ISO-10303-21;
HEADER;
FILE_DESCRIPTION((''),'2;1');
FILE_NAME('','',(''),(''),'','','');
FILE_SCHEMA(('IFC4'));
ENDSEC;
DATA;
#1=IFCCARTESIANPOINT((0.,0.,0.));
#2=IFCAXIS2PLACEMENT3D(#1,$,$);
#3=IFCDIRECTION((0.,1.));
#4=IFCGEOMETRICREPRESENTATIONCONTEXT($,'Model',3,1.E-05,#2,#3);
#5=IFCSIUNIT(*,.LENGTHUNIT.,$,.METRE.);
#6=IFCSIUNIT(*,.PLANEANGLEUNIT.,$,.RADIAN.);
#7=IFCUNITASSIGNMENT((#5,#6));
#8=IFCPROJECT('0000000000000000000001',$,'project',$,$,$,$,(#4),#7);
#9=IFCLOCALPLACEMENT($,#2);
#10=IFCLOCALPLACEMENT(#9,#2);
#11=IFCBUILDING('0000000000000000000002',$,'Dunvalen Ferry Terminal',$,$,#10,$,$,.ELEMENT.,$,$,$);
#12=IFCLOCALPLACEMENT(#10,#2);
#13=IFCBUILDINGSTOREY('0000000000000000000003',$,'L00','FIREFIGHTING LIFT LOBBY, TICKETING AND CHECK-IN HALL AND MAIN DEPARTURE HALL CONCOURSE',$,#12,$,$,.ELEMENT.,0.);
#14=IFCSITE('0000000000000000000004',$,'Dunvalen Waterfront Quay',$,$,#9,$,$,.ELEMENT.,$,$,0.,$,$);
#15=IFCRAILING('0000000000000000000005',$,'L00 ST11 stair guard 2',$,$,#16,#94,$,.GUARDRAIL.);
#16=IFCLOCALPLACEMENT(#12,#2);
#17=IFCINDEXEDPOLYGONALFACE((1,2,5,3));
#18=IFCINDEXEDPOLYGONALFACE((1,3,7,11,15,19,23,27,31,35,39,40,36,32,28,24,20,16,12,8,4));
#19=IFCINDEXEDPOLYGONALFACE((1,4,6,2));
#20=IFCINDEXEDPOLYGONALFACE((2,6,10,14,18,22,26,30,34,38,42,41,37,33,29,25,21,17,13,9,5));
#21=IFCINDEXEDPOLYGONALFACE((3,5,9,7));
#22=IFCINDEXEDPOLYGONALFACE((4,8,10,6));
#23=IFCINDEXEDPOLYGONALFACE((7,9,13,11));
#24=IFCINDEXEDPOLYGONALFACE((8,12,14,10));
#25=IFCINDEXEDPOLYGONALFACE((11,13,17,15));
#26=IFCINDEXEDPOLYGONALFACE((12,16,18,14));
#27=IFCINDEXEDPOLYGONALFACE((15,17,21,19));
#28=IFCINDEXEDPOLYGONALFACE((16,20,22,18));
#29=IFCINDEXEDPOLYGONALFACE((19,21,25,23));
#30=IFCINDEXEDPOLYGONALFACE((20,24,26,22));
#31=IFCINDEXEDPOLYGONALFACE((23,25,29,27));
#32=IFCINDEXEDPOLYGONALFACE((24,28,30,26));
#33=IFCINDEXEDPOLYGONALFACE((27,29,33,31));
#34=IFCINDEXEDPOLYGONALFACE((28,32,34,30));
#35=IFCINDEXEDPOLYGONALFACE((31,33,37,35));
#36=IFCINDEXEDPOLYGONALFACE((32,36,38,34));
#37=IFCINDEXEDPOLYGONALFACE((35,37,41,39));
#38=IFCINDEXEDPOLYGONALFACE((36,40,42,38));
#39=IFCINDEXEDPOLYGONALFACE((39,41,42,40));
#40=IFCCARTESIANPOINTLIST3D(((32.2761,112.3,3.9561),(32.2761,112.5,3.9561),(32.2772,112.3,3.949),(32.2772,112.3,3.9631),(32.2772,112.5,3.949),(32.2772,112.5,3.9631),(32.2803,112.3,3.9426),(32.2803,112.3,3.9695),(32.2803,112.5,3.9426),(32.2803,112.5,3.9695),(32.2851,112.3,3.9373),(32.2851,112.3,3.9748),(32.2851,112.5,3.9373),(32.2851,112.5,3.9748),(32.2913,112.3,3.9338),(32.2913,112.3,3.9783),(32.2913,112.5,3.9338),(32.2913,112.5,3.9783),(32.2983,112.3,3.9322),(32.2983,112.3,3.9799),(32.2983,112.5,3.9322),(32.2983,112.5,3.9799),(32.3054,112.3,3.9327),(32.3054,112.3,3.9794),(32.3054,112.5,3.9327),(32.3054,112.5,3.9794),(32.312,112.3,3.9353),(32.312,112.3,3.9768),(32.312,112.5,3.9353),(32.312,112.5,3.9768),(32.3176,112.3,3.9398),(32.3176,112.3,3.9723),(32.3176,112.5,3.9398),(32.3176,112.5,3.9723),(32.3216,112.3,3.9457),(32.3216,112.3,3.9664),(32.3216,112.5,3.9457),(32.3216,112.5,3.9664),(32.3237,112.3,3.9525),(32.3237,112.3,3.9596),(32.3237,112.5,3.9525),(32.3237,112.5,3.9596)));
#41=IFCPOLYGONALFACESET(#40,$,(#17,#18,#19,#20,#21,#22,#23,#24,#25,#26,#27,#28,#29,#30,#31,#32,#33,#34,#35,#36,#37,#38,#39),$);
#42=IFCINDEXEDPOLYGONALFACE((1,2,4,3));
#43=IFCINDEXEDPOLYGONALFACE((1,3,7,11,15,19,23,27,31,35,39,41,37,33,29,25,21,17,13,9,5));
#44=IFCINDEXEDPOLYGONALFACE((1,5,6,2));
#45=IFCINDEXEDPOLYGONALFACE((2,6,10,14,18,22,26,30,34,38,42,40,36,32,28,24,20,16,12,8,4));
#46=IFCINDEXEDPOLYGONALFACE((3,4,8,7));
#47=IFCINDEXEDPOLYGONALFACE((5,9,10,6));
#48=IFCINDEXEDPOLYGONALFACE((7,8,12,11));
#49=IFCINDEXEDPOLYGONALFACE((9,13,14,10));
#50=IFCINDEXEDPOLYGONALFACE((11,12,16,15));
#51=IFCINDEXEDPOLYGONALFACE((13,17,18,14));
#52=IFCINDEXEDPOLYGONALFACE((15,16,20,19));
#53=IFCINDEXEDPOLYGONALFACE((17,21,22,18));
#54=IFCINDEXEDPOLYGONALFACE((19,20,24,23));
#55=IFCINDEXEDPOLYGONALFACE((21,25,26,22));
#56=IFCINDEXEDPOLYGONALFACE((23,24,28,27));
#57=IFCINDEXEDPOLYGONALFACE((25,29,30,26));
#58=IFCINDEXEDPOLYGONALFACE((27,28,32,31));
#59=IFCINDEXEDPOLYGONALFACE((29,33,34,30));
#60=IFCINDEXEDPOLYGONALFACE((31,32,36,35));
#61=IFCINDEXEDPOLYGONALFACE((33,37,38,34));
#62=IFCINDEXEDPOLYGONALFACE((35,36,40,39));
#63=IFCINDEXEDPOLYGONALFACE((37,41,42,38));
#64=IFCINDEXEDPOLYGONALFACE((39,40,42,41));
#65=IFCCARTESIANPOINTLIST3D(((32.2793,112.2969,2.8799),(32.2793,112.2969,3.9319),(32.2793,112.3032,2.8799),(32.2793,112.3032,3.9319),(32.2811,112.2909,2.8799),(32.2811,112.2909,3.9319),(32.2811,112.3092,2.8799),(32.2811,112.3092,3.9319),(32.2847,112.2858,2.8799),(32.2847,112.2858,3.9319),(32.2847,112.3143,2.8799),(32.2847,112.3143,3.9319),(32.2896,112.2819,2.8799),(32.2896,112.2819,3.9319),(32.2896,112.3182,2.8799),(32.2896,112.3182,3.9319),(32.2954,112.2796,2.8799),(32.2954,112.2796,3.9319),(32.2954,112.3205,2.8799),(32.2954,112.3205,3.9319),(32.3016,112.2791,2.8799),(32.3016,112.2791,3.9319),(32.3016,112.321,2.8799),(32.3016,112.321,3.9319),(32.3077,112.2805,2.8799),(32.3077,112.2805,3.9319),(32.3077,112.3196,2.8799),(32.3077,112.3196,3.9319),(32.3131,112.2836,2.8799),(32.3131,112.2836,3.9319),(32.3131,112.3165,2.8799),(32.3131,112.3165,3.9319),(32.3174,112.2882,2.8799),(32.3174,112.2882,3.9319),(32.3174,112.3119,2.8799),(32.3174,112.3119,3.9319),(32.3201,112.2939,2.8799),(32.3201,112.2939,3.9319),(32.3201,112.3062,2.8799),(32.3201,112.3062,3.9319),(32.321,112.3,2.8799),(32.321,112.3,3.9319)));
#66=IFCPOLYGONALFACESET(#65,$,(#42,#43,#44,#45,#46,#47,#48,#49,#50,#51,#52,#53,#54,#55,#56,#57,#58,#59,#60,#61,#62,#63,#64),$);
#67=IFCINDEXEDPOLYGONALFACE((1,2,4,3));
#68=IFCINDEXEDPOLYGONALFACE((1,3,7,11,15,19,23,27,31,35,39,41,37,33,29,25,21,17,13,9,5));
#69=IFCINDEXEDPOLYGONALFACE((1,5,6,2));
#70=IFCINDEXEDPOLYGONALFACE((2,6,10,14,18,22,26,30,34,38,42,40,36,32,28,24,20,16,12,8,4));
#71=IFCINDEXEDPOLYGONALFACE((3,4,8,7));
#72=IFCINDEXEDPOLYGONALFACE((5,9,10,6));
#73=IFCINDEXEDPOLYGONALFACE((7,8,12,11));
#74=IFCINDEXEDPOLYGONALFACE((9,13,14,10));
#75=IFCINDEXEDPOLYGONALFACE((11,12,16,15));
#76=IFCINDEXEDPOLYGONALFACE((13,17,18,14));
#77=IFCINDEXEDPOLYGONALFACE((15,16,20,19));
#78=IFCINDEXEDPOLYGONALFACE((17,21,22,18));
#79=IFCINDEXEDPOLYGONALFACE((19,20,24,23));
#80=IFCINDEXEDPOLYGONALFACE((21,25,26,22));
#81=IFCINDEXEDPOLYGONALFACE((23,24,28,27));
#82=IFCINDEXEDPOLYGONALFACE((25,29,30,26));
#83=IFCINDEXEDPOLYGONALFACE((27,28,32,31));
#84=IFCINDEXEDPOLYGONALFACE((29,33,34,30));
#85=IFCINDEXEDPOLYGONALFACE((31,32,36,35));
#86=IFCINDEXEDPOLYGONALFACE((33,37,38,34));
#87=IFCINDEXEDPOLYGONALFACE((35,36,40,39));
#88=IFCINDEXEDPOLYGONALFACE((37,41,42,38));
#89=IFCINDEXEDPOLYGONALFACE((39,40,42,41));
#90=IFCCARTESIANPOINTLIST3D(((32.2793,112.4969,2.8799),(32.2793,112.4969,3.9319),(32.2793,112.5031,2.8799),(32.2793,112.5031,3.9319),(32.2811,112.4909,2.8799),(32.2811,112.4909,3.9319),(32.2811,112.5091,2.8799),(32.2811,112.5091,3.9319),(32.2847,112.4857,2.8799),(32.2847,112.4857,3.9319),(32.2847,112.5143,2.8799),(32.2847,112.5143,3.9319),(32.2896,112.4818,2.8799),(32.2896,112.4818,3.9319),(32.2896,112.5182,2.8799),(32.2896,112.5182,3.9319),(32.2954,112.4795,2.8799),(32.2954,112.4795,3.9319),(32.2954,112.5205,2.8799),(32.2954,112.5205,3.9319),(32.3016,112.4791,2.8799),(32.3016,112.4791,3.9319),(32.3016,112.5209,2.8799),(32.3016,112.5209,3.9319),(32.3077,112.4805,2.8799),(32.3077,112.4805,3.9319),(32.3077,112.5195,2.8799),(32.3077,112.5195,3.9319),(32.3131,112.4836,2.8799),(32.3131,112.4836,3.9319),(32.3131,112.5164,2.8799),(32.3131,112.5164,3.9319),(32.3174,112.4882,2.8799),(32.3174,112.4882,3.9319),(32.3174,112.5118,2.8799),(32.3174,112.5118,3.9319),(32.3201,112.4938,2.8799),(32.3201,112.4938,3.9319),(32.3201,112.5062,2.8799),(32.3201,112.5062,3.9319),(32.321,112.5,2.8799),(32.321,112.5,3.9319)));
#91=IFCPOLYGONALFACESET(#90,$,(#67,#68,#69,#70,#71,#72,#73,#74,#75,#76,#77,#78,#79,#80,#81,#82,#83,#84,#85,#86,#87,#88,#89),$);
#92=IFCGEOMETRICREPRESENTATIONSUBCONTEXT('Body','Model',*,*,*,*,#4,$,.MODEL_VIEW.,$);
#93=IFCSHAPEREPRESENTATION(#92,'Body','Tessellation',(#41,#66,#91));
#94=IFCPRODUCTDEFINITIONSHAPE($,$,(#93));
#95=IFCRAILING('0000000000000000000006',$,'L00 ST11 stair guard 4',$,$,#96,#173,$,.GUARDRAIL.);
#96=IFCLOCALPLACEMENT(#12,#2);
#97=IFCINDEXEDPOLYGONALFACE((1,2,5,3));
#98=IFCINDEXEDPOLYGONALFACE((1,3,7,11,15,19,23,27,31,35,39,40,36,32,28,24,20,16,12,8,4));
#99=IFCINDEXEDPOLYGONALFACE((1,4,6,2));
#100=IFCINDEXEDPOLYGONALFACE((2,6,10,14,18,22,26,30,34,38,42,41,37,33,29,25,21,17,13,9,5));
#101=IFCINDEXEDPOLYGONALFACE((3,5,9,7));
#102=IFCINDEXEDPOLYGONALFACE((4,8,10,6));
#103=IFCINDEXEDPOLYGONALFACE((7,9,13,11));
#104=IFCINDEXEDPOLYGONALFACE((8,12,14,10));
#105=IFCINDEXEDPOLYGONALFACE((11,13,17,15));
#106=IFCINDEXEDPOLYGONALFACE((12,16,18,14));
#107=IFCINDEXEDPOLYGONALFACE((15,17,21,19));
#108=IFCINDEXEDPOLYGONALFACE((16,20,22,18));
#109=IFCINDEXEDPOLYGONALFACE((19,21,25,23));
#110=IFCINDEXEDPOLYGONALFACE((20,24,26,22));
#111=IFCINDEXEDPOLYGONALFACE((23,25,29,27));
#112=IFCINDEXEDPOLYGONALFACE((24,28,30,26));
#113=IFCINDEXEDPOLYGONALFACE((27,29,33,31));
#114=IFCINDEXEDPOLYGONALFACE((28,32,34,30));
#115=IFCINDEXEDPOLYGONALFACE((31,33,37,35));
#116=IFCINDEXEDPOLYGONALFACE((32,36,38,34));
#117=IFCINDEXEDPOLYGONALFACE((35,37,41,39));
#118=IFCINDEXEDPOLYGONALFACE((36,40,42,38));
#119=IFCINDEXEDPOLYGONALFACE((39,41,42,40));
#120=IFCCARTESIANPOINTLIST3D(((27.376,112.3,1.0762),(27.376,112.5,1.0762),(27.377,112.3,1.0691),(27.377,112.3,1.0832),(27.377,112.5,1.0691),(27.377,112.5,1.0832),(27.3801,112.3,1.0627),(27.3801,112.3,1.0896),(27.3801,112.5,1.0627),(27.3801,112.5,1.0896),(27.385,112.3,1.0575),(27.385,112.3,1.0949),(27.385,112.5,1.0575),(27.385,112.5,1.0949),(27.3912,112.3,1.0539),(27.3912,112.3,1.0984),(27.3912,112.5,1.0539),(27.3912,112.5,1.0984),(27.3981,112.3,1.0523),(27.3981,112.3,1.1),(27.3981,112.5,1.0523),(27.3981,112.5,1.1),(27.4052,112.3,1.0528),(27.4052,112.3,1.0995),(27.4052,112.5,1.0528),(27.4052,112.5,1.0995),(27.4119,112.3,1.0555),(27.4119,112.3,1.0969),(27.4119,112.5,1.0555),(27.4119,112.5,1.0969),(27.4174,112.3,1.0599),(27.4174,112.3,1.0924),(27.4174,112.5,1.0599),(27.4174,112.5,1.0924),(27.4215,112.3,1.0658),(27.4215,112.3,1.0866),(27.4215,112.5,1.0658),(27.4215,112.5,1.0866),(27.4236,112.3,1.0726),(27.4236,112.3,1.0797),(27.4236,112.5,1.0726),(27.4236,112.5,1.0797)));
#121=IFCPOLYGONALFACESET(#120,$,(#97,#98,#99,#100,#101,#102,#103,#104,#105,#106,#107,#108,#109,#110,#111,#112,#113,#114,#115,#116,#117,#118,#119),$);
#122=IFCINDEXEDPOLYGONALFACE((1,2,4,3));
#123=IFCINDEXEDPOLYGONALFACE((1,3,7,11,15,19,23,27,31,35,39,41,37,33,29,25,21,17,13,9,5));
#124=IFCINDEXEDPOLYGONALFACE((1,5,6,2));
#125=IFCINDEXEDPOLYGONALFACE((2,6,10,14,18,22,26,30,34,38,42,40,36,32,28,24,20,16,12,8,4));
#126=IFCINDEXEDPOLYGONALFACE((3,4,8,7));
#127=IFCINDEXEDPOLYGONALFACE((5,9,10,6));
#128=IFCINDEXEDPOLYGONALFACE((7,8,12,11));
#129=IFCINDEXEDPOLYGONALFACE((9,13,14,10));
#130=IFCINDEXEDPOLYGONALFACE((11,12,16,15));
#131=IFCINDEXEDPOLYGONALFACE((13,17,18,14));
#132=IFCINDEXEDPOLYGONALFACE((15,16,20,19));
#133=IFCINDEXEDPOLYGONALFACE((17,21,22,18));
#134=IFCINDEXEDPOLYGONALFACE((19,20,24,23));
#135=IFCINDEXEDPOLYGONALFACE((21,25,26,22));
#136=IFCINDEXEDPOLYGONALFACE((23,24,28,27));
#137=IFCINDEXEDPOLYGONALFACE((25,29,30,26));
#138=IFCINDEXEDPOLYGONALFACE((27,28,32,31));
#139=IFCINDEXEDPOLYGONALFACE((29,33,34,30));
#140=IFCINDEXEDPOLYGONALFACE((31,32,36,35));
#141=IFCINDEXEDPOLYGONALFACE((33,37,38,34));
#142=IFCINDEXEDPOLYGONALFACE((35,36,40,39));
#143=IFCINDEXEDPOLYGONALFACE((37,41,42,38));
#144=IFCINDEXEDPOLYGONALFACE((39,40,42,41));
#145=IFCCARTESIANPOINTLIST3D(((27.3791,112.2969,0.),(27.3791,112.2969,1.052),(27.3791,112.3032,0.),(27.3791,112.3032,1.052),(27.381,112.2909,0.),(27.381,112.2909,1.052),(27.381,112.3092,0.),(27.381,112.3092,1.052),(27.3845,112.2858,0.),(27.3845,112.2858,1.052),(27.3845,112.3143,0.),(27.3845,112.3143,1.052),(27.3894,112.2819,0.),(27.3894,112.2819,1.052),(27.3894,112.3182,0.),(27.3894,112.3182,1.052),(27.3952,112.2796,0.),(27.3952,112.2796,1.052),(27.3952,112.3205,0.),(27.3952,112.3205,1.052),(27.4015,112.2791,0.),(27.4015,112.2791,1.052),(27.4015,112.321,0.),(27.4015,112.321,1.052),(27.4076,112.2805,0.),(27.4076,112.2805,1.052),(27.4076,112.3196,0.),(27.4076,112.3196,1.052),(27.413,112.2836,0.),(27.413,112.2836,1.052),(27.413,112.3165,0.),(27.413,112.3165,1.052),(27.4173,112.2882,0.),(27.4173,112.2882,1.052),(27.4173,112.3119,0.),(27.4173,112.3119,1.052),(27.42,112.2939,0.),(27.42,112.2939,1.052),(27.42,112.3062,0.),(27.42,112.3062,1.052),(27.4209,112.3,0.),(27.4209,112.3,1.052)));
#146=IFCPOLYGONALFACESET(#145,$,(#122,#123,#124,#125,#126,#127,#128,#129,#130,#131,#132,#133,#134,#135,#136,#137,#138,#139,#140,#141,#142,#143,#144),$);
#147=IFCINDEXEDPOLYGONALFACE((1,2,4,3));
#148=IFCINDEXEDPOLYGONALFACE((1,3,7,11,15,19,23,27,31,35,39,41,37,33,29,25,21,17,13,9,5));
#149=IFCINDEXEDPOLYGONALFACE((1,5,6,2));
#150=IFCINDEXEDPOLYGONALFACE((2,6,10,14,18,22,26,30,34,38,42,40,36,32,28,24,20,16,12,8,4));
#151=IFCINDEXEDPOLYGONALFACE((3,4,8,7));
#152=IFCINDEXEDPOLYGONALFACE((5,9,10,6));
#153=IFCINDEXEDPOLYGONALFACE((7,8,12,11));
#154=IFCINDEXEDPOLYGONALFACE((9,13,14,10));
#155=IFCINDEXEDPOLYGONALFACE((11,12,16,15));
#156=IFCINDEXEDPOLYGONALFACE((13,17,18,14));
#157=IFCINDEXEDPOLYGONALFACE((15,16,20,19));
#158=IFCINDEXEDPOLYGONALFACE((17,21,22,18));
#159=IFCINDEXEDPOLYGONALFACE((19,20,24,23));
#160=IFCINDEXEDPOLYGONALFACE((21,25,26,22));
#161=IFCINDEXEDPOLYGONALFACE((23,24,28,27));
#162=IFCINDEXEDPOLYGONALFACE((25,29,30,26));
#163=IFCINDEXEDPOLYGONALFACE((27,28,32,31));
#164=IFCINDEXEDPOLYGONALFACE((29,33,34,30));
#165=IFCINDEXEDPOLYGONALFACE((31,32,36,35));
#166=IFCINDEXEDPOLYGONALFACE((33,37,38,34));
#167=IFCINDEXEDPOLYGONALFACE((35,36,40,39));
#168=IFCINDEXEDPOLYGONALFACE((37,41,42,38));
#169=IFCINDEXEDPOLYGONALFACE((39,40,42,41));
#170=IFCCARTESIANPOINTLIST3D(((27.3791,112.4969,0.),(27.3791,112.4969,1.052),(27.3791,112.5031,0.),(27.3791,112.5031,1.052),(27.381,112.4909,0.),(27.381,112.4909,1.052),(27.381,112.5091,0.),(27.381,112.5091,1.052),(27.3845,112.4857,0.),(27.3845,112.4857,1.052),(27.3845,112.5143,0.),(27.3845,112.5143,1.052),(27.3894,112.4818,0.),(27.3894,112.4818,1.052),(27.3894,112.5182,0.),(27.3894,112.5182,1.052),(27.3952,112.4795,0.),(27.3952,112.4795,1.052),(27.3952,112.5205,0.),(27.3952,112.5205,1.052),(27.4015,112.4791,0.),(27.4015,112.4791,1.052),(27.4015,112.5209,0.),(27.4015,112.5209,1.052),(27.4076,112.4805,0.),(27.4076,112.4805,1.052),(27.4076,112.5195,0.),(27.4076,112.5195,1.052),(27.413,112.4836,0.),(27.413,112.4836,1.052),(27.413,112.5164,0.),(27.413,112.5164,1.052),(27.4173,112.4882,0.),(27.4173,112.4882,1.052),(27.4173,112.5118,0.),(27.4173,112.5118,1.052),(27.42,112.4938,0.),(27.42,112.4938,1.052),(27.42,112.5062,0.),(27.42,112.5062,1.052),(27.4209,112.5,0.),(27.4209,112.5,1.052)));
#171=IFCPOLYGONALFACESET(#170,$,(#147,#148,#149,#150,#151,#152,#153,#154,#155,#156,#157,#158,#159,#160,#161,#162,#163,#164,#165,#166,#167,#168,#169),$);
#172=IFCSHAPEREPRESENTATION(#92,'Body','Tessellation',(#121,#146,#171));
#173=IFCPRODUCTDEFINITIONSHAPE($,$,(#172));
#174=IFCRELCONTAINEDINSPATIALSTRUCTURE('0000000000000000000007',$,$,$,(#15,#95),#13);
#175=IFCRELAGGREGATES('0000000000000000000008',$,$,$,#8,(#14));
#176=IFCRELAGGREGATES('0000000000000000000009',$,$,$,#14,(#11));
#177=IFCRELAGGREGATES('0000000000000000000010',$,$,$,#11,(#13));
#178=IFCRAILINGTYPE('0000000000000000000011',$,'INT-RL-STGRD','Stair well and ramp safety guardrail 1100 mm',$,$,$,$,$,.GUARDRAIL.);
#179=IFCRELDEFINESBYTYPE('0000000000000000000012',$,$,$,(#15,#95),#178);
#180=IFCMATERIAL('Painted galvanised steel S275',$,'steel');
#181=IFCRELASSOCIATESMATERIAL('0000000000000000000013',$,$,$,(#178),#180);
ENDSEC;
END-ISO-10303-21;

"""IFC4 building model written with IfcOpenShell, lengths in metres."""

from ifc_helpers import new_model, si_unit, direction, frame, origin, origin_2d, place, context, subcontext, project, spatial, circle, extrude, material, type_object, element, save


model = new_model("IFC4")

# Units and contexts
model_context = context("Model", 3, precision=1e-05, world=origin(), true_north=direction((0.0, 1.0)))
body_context = subcontext(model_context, "Body", "Model", "MODEL_VIEW")
ifc_project = project(units=[si_unit("LENGTHUNIT", "METRE"), si_unit("PLANEANGLEUNIT", "RADIAN")], contexts=[model_context])

# Site, building, storey
site_placement = place(None, origin())
site = spatial("IfcSite", under=ifc_project, at=site_placement, Name="Dunvalen Waterfront Quay", CompositionType="ELEMENT", RefElevation=0.0)
building_placement = place(site_placement, origin())
building = spatial("IfcBuilding", under=site, at=building_placement, Name="Dunvalen Ferry Terminal", CompositionType="ELEMENT")
storey_placement = place(building_placement, origin())
storey = spatial("IfcBuildingStorey", under=building, at=storey_placement, Name="L00", Description="FIREFIGHTING LIFT LOBBY, TICKETING AND CHECK-IN HALL AND MAIN DEPARTURE HALL CONCOURSE", CompositionType="ELEMENT", Elevation=0.0)

# Railings
ifc_material_1 = material(Name="Painted galvanised steel S275", Category="steel")
railing_type_1 = type_object("IfcRailingType", Name="INT-RL-STGRD", Description="Stair well and ramp safety guardrail 1100 mm", PredefinedType="GUARDRAIL", material=ifc_material_1)
for number, where, name in (
    (1, (32.3, 112.3, 2.8799), "L00 ST11 stair guard 2"),
    (2, (27.3999, 112.3, 0.0), "L00 ST11 stair guard 4"),
):
    element("IfcRailing", number, at=place(storey_placement, frame(where)), inside=storey, type_object=railing_type_1, Name=name, PredefinedType="GUARDRAIL", context=body_context, shape_type="SweptSolid", body=[
        extrude(circle(Radius=0.0239, at=origin_2d()), frame((0.0, 0.0, 1.0762), z_axis=(0.0, 1.0, 0.0), x_axis=(-1.0, 0.0, 0.0)), (0.0, 0.0, 1.0), 0.2),
        extrude(circle(Radius=0.021, at=origin_2d()), origin(), (0.0, 0.0, 1.0), 1.052),
        extrude(circle(Radius=0.021, at=origin_2d()), frame((0.0, 0.2, 0.0)), (0.0, 0.0, 1.0), 1.052),
    ])

save(model, "model.ifc")
